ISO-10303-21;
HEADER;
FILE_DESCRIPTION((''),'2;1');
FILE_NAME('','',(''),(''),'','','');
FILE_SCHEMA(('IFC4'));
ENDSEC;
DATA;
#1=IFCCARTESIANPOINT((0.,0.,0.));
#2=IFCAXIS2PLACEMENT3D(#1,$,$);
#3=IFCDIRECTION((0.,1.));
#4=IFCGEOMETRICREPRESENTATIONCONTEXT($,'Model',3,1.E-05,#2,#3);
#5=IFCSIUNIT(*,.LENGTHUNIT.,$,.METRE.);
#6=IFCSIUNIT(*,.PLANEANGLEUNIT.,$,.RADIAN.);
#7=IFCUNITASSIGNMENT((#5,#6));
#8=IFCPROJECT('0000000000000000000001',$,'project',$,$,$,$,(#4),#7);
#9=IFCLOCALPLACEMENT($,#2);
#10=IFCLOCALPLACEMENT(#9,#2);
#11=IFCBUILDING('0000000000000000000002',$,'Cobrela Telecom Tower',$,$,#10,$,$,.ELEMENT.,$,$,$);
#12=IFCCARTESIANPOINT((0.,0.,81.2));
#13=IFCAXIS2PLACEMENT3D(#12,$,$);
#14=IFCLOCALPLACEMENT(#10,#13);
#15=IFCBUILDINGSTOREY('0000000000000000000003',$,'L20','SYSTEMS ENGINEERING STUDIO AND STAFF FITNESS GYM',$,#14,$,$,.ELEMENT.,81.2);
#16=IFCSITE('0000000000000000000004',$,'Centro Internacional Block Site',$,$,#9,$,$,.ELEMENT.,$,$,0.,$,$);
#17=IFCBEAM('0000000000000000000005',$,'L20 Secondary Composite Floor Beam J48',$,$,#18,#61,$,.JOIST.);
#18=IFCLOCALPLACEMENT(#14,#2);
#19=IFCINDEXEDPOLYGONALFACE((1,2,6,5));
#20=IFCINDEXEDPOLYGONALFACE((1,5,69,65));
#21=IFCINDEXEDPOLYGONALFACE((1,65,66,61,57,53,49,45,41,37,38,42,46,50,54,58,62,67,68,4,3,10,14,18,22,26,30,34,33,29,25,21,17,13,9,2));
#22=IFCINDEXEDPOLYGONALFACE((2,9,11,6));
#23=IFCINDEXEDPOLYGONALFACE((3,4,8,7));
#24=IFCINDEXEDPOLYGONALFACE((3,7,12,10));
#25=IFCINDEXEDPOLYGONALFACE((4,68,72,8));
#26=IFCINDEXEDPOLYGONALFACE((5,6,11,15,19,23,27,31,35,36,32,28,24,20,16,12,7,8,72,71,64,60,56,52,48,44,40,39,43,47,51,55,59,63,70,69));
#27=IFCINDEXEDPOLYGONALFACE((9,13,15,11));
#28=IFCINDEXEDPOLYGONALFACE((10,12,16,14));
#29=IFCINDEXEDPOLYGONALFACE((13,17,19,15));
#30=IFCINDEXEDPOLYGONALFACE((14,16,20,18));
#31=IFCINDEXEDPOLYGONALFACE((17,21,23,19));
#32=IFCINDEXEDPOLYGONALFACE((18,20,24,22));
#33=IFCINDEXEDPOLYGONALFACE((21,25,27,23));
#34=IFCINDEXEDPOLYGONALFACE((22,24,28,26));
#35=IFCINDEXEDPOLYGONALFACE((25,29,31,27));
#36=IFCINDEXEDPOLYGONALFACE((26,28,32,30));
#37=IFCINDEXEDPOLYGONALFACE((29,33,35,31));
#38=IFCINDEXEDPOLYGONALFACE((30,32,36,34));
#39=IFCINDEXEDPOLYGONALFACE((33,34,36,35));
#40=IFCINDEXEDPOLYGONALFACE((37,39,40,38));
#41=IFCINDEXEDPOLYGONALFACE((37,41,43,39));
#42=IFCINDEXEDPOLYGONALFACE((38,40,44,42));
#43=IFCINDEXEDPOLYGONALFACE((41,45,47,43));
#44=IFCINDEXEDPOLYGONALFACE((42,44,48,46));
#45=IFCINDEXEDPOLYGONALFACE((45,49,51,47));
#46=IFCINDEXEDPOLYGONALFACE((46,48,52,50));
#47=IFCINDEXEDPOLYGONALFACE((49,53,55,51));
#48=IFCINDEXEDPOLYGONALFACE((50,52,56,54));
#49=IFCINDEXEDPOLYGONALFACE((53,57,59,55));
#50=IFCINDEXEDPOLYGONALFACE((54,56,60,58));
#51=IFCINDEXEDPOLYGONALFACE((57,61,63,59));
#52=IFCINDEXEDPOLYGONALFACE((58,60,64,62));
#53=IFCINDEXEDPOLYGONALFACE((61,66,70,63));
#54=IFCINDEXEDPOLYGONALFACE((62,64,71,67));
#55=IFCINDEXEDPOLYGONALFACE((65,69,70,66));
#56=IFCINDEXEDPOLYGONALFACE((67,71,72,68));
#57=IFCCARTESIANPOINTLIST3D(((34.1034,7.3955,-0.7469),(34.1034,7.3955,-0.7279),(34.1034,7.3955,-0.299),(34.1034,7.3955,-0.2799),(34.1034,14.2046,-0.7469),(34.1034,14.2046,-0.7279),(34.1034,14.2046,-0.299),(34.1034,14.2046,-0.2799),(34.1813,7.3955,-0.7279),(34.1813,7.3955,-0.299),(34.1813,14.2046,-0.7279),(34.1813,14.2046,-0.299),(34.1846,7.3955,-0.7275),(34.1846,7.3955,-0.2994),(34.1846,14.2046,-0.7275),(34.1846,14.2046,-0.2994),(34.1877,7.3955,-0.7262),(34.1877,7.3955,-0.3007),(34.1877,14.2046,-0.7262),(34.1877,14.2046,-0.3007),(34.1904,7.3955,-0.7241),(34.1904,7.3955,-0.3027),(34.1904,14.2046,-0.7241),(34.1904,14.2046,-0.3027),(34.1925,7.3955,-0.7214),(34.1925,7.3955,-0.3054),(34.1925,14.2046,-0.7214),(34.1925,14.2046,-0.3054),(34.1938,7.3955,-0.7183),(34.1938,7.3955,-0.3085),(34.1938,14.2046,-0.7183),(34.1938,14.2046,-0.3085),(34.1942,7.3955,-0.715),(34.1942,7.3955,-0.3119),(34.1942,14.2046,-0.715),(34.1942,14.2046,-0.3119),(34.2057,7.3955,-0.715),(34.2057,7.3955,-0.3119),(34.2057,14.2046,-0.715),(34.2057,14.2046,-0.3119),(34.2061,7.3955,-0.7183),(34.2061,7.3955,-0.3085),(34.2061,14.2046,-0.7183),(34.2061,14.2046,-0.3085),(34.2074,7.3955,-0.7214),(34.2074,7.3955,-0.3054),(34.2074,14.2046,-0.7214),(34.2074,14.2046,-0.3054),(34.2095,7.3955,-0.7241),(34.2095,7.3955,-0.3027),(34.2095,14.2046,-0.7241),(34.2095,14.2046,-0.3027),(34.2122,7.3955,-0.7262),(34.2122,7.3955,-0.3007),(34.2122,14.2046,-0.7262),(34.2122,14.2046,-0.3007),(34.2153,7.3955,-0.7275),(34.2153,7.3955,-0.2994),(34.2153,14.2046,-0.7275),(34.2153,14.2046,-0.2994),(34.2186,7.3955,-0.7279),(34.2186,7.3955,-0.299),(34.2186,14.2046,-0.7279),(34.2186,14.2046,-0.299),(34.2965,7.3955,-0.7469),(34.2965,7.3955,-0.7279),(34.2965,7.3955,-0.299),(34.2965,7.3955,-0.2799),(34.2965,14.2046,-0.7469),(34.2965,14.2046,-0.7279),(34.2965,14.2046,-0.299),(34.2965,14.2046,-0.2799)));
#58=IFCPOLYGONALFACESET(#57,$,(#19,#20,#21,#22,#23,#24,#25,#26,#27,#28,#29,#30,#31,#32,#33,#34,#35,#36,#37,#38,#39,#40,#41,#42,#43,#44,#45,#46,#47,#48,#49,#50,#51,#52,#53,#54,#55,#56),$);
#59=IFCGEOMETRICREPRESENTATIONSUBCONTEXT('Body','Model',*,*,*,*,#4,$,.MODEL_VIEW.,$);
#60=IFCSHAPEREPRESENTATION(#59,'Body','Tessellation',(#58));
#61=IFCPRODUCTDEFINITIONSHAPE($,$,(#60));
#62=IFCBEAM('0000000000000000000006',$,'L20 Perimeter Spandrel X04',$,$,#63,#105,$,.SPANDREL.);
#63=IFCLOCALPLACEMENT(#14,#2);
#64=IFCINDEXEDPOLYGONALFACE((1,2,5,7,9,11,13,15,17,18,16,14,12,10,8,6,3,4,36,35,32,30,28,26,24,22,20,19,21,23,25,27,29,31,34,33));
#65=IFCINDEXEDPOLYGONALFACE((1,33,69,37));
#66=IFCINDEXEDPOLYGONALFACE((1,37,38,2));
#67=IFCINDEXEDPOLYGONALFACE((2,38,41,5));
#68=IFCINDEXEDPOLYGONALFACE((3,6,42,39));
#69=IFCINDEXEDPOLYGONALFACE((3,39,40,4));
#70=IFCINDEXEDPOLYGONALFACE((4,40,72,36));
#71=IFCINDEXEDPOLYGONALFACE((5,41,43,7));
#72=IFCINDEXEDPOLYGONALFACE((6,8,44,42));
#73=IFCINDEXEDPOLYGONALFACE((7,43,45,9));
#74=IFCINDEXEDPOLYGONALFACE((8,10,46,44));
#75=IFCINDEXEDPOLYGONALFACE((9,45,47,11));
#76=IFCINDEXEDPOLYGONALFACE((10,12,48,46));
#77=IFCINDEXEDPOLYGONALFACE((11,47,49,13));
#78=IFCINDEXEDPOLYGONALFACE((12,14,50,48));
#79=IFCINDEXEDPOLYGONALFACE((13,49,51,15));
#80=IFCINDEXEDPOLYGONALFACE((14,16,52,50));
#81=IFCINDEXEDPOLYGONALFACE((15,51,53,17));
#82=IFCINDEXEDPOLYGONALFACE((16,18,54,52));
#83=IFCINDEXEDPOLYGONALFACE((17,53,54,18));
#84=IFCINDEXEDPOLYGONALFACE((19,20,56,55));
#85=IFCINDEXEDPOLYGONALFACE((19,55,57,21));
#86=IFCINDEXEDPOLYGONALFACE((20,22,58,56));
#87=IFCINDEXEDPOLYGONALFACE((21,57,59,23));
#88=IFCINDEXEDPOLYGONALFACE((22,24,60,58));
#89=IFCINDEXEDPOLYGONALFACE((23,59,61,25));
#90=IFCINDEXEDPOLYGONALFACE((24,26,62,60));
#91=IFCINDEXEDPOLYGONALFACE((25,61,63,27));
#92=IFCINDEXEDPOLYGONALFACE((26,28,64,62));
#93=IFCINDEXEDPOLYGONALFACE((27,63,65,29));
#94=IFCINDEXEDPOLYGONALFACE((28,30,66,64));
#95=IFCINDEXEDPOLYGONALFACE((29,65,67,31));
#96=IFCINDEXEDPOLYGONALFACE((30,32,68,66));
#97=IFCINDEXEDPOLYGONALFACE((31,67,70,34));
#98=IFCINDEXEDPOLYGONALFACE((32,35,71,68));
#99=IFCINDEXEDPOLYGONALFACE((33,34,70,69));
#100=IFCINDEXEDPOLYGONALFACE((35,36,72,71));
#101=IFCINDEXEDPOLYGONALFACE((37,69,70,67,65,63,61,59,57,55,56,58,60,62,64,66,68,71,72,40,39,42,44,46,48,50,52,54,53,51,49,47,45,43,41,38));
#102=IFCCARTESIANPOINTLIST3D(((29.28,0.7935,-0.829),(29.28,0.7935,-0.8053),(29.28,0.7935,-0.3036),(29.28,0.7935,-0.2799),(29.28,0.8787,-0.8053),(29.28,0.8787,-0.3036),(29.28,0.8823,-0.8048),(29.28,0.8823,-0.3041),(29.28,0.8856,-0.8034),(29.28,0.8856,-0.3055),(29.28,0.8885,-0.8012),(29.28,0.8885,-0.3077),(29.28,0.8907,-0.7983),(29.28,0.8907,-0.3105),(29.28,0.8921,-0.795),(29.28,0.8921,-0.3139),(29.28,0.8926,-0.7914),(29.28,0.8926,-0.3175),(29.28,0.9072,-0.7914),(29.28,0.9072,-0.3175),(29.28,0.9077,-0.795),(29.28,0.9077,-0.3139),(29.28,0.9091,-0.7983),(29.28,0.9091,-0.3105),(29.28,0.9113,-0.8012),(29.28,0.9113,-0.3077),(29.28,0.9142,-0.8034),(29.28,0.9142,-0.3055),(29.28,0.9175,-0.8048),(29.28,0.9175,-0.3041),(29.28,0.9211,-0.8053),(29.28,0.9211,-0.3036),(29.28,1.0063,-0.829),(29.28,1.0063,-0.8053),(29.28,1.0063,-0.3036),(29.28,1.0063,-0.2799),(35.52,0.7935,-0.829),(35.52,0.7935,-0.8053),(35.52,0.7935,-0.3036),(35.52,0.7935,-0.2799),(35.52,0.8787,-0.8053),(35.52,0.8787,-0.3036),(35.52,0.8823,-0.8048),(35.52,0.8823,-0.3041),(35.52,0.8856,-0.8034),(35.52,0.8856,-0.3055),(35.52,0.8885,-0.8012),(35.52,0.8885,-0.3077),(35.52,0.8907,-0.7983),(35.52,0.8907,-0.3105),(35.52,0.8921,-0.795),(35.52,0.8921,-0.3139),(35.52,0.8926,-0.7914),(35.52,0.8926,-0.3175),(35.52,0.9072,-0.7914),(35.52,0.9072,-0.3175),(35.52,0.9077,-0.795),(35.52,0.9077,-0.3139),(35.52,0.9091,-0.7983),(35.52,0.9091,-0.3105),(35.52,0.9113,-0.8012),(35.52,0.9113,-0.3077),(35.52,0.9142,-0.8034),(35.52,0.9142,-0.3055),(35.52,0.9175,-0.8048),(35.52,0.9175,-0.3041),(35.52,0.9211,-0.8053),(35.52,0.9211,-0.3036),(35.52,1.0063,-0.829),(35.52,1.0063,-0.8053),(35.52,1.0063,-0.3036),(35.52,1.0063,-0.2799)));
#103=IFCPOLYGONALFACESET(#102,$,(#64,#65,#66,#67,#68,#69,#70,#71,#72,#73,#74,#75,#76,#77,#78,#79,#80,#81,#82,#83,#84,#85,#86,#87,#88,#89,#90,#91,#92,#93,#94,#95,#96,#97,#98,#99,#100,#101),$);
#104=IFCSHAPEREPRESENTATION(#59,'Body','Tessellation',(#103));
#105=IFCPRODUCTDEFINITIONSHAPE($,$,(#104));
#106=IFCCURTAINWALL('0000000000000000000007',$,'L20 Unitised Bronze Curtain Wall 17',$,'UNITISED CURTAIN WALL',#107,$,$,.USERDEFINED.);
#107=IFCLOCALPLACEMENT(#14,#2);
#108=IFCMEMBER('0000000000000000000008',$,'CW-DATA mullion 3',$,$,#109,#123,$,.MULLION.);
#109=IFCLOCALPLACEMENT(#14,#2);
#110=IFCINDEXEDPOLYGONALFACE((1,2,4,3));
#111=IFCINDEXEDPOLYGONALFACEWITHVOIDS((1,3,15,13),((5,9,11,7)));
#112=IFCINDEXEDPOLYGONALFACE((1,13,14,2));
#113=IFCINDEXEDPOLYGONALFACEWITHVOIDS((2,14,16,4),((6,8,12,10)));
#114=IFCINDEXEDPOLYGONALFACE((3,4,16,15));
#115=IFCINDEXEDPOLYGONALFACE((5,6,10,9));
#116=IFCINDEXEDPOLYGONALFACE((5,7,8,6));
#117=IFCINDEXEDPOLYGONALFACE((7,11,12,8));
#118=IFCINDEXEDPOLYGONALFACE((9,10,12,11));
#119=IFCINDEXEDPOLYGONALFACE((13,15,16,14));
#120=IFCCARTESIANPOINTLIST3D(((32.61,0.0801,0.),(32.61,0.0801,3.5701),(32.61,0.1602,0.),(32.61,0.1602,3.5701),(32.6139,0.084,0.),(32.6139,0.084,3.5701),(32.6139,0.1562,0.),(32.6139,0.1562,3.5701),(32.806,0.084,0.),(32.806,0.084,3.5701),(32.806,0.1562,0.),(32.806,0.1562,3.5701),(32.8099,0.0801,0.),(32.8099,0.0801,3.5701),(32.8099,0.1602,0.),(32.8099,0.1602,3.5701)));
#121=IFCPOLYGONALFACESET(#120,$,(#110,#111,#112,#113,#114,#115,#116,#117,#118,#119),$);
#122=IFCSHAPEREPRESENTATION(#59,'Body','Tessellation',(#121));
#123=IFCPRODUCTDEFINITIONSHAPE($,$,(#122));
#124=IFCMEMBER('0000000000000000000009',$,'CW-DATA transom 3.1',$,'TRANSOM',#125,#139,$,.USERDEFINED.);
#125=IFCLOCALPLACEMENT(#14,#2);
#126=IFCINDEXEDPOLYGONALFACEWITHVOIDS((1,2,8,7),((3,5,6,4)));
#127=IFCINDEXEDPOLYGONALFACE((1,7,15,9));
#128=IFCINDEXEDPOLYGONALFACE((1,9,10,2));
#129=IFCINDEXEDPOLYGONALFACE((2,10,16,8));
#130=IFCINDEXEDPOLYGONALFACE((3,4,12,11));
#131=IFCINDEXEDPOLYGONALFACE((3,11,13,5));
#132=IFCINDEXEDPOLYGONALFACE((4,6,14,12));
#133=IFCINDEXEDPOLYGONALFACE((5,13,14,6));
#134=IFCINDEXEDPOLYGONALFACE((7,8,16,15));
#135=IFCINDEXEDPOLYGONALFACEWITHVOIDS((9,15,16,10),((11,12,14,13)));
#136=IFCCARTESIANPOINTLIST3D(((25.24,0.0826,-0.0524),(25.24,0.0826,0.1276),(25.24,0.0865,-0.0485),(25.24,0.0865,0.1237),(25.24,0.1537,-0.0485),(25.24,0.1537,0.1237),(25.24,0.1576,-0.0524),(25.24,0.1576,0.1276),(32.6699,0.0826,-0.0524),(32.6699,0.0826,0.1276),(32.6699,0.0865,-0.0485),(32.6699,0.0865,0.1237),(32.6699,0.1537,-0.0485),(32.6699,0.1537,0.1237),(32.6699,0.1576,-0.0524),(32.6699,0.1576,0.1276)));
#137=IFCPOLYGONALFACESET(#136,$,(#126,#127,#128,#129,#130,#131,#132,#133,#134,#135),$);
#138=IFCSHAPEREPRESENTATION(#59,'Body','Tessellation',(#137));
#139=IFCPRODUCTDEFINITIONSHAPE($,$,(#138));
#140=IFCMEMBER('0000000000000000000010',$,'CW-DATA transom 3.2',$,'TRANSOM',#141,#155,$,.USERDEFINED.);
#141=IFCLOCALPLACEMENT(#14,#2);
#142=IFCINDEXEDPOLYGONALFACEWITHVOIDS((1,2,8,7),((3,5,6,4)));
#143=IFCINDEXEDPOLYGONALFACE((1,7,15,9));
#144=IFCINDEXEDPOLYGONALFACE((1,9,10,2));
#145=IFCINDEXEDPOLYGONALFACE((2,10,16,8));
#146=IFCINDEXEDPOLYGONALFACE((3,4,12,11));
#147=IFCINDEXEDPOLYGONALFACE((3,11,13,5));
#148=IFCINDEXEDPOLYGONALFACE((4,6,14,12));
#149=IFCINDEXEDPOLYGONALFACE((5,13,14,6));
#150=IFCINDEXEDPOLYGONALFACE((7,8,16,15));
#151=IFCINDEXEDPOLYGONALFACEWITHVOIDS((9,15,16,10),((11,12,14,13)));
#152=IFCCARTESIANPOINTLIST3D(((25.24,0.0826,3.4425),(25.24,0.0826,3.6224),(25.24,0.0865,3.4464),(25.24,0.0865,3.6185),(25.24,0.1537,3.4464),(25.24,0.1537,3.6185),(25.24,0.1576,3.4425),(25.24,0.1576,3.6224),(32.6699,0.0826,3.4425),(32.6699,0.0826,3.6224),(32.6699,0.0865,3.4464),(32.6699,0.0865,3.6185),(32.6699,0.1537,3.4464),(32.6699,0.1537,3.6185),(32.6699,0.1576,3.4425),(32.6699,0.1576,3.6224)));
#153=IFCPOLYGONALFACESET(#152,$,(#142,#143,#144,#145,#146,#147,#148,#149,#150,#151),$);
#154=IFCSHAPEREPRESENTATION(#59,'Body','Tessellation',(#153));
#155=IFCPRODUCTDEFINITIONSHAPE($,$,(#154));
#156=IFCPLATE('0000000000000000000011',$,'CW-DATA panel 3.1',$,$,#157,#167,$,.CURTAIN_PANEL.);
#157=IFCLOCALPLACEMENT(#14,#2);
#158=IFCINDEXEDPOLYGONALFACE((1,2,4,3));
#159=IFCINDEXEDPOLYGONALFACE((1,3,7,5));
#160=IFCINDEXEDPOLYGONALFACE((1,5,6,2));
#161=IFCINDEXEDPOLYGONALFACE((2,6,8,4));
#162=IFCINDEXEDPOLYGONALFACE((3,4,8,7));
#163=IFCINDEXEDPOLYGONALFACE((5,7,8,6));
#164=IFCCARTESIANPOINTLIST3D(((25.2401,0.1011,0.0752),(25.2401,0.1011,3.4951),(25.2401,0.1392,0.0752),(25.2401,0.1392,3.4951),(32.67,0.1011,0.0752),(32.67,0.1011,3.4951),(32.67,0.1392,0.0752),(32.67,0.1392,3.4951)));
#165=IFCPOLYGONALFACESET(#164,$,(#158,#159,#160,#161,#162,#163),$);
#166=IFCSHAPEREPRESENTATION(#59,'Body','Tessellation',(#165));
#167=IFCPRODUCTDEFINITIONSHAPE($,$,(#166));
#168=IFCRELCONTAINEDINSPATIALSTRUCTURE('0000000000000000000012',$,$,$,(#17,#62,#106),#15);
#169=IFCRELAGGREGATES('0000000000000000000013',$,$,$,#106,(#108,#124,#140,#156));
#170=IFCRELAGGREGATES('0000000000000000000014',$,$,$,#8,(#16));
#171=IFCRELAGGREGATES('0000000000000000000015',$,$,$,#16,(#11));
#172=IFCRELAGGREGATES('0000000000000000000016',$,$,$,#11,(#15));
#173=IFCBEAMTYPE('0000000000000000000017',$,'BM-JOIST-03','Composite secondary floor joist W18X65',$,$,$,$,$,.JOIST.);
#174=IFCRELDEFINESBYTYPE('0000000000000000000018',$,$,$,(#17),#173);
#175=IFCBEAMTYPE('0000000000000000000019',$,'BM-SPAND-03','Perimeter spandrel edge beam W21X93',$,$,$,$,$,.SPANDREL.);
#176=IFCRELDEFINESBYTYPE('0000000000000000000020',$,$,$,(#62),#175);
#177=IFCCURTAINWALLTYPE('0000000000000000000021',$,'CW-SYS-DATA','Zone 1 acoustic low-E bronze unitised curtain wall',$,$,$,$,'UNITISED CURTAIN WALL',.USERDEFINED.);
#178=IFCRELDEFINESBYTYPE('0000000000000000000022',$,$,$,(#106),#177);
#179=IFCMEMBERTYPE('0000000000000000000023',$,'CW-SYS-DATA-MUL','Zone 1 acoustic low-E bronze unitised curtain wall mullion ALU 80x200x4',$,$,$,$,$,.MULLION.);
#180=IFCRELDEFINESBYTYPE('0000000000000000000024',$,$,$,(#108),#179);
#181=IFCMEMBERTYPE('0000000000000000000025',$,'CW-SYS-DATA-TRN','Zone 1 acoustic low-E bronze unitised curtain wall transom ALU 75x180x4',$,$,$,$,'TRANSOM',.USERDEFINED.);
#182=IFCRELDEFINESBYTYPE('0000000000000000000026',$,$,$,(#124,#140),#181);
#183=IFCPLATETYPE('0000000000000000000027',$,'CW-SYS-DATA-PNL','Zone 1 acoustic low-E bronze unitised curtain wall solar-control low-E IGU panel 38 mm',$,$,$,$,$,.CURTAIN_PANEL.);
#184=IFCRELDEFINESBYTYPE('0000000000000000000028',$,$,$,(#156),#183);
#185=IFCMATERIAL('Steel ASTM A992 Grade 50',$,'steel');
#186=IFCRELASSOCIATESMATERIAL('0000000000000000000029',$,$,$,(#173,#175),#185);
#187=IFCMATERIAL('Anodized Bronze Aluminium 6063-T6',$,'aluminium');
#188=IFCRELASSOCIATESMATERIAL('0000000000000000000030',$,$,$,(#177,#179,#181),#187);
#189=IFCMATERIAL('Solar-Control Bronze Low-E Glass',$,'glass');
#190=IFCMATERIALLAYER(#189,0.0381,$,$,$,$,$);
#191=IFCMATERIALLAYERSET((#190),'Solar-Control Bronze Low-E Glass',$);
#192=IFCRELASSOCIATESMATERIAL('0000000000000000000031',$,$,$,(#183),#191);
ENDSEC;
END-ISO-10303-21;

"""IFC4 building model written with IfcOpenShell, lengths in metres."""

from ifc_helpers import new_model, si_unit, direction, frame, origin, origin_2d, place, context, subcontext, project, spatial, rectangle, hollow_rectangle, i_section, extrude, material, layer, layer_set, material_profile, profile_set, type_object, element, aggregate, save


model = new_model("IFC4")

# Units and contexts
model_context = context("Model", 3, precision=1e-05, world=origin(), true_north=direction((0.0, 1.0)))
body_context = subcontext(model_context, "Body", "Model", "MODEL_VIEW")
ifc_project = project(units=[si_unit("LENGTHUNIT", "METRE"), si_unit("PLANEANGLEUNIT", "RADIAN")], contexts=[model_context])

# Site, building, storey
site_placement = place(None, origin())
site = spatial("IfcSite", under=ifc_project, at=site_placement, Name="Centro Internacional Block Site", CompositionType="ELEMENT", RefElevation=0.0)
building_placement = place(site_placement, origin())
building = spatial("IfcBuilding", under=site, at=building_placement, Name="Cobrela Telecom Tower", CompositionType="ELEMENT")
storey_placement = place(building_placement, frame((0.0, 0.0, 81.2)))
storey = spatial("IfcBuildingStorey", under=building, at=storey_placement, Name="L20", Description="SYSTEMS ENGINEERING STUDIO AND STAFF FITNESS GYM", CompositionType="ELEMENT", Elevation=81.2)

# Shared definitions
ifc_material_1 = material(Name="Steel ASTM A992 Grade 50", Category="steel")

# Beams
ifc_material_profile_1 = material_profile(ifc_material_1, i_section(OverallWidth=0.1931, OverallDepth=0.467, WebThickness=0.0115, FlangeThickness=0.019, FilletRadius=0.0129, at=origin_2d()), Name="W18X65")
ifc_profile_set_1 = profile_set([ifc_material_profile_1], Name="Steel ASTM A992 Grade 50")
beam_type_1 = type_object("IfcBeamType", Name="BM-JOIST-03", Description="Composite secondary floor joist W18X65", PredefinedType="JOIST", material=ifc_profile_set_1)
beam_1_placement = place(storey_placement, frame((34.2, 7.3955, -0.5134), z_axis=(0.0, 1.0, 0.0), x_axis=(-1.0, 0.0, 0.0)))
element("IfcBeam", 1, at=beam_1_placement, inside=storey, type_object=beam_type_1, Name="L20 Secondary Composite Floor Beam J48", PredefinedType="JOIST", context=body_context, shape_type="SweptSolid", body=[
    extrude(i_section(OverallWidth=0.1931, OverallDepth=0.467, WebThickness=0.0115, FlangeThickness=0.019, FilletRadius=0.0129, at=origin_2d()), origin(), (0.0, 0.0, 1.0), 6.8091),
])
ifc_material_profile_2 = material_profile(ifc_material_1, i_section(OverallWidth=0.2129, OverallDepth=0.5491, WebThickness=0.0146, FlangeThickness=0.0237, FilletRadius=0.0139, at=origin_2d()), Name="W21X93")
ifc_profile_set_2 = profile_set([ifc_material_profile_2], Name="Steel ASTM A992 Grade 50")
beam_type_2 = type_object("IfcBeamType", Name="BM-SPAND-03", Description="Perimeter spandrel edge beam W21X93", PredefinedType="SPANDREL", material=ifc_profile_set_2)
beam_2_placement = place(storey_placement, frame((29.28, 0.8999, -0.5544), z_axis=(1.0, 0.0, 0.0), x_axis=(0.0, 1.0, 0.0)))
element("IfcBeam", 2, at=beam_2_placement, inside=storey, type_object=beam_type_2, Name="L20 Perimeter Spandrel X04", PredefinedType="SPANDREL", context=body_context, shape_type="SweptSolid", body=[
    extrude(i_section(OverallWidth=0.2129, OverallDepth=0.5491, WebThickness=0.0146, FlangeThickness=0.0237, FilletRadius=0.0139, at=origin_2d()), origin(), (0.0, 0.0, 1.0), 6.24),
])

# Curtain wall, members, plate
ifc_material_2 = material(Name="Anodized Bronze Aluminium 6063-T6", Category="aluminium")
curtain_wall_type = type_object("IfcCurtainWallType", Name="CW-SYS-DATA", Description="Zone 1 acoustic low-E bronze unitised curtain wall", ElementType="UNITISED CURTAIN WALL", PredefinedType="USERDEFINED", material=ifc_material_2)
curtain_wall_placement = place(storey_placement, origin())
curtain_wall = element("IfcCurtainWall", 3, at=curtain_wall_placement, inside=storey, type_object=curtain_wall_type, Name="L20 Unitised Bronze Curtain Wall 17", ObjectType="UNITISED CURTAIN WALL", PredefinedType="USERDEFINED")
ifc_material_profile_3 = material_profile(ifc_material_2, hollow_rectangle(XDim=0.0801, YDim=0.2, WallThickness=0.0039, at=origin_2d()), Name="ALU 80x200x4")
ifc_profile_set_3 = profile_set([ifc_material_profile_3], Name="Anodized Bronze Aluminium 6063-T6")
member_type_1 = type_object("IfcMemberType", Name="CW-SYS-DATA-MUL", Description="Zone 1 acoustic low-E bronze unitised curtain wall mullion ALU 80x200x4", PredefinedType="MULLION", material=ifc_profile_set_3)
member_1_placement = place(storey_placement, frame((32.71, 0.1201, 0.0), z_axis=(0.0, 0.0, 1.0), x_axis=(0.0, -1.0, 0.0)))
member_1 = element("IfcMember", 4, at=member_1_placement, type_object=member_type_1, Name="CW-DATA mullion 3", PredefinedType="MULLION", context=body_context, shape_type="SweptSolid", body=[
    extrude(hollow_rectangle(XDim=0.0801, YDim=0.2, WallThickness=0.0039, at=origin_2d()), origin(), (0.0, 0.0, 1.0), 3.5701),
])
ifc_material_profile_4 = material_profile(ifc_material_2, hollow_rectangle(XDim=0.075, YDim=0.1799, WallThickness=0.0039, at=origin_2d()), Name="ALU 75x180x4")
ifc_profile_set_4 = profile_set([ifc_material_profile_4], Name="Anodized Bronze Aluminium 6063-T6")
member_type_2 = type_object("IfcMemberType", Name="CW-SYS-DATA-TRN", Description="Zone 1 acoustic low-E bronze unitised curtain wall transom ALU 75x180x4", ElementType="TRANSOM", PredefinedType="USERDEFINED", material=ifc_profile_set_4)
member_2_placement = place(storey_placement, frame((32.6699, 0.1201, 0.0376), z_axis=(-1.0, 0.0, 0.0), x_axis=(0.0, -1.0, 0.0)))
member_2 = element("IfcMember", 5, at=member_2_placement, type_object=member_type_2, Name="CW-DATA transom 3.1", ObjectType="TRANSOM", PredefinedType="USERDEFINED", context=body_context, shape_type="SweptSolid", body=[
    extrude(hollow_rectangle(XDim=0.075, YDim=0.1799, WallThickness=0.0039, at=origin_2d()), origin(), (0.0, 0.0, 1.0), 7.4299),
])
member_3_placement = place(storey_placement, frame((32.6699, 0.1201, 3.5325), z_axis=(-1.0, 0.0, 0.0), x_axis=(0.0, -1.0, 0.0)))
member_3 = element("IfcMember", 6, at=member_3_placement, type_object=member_type_2, Name="CW-DATA transom 3.2", ObjectType="TRANSOM", PredefinedType="USERDEFINED", context=body_context, shape_type="SweptSolid", body=[
    extrude(hollow_rectangle(XDim=0.075, YDim=0.1799, WallThickness=0.0039, at=origin_2d()), origin(), (0.0, 0.0, 1.0), 7.4299),
])
ifc_material_3 = material(Name="Solar-Control Bronze Low-E Glass", Category="glass")
ifc_layer_1 = layer(ifc_material_3, 0.0381)
ifc_layer_set_1 = layer_set([ifc_layer_1], Name="Solar-Control Bronze Low-E Glass")
plate_type = type_object("IfcPlateType", Name="CW-SYS-DATA-PNL", Description="Zone 1 acoustic low-E bronze unitised curtain wall solar-control low-E IGU panel 38 mm", PredefinedType="CURTAIN_PANEL", material=ifc_layer_set_1)
plate_placement = place(storey_placement, frame((28.9551, 0.1201, 0.0752), z_axis=(0.0, 0.0, 1.0), x_axis=(-1.0, 0.0, 0.0)))
plate = element("IfcPlate", 7, at=plate_placement, type_object=plate_type, Name="CW-DATA panel 3.1", PredefinedType="CURTAIN_PANEL", context=body_context, shape_type="SweptSolid", body=[
    extrude(rectangle(XDim=7.4299, YDim=0.0381, at=origin_2d()), origin(), (0.0, 0.0, 1.0), 3.4199),
])
aggregate(curtain_wall, [member_1, member_2, member_3, plate])

save(model, "model.ifc")
